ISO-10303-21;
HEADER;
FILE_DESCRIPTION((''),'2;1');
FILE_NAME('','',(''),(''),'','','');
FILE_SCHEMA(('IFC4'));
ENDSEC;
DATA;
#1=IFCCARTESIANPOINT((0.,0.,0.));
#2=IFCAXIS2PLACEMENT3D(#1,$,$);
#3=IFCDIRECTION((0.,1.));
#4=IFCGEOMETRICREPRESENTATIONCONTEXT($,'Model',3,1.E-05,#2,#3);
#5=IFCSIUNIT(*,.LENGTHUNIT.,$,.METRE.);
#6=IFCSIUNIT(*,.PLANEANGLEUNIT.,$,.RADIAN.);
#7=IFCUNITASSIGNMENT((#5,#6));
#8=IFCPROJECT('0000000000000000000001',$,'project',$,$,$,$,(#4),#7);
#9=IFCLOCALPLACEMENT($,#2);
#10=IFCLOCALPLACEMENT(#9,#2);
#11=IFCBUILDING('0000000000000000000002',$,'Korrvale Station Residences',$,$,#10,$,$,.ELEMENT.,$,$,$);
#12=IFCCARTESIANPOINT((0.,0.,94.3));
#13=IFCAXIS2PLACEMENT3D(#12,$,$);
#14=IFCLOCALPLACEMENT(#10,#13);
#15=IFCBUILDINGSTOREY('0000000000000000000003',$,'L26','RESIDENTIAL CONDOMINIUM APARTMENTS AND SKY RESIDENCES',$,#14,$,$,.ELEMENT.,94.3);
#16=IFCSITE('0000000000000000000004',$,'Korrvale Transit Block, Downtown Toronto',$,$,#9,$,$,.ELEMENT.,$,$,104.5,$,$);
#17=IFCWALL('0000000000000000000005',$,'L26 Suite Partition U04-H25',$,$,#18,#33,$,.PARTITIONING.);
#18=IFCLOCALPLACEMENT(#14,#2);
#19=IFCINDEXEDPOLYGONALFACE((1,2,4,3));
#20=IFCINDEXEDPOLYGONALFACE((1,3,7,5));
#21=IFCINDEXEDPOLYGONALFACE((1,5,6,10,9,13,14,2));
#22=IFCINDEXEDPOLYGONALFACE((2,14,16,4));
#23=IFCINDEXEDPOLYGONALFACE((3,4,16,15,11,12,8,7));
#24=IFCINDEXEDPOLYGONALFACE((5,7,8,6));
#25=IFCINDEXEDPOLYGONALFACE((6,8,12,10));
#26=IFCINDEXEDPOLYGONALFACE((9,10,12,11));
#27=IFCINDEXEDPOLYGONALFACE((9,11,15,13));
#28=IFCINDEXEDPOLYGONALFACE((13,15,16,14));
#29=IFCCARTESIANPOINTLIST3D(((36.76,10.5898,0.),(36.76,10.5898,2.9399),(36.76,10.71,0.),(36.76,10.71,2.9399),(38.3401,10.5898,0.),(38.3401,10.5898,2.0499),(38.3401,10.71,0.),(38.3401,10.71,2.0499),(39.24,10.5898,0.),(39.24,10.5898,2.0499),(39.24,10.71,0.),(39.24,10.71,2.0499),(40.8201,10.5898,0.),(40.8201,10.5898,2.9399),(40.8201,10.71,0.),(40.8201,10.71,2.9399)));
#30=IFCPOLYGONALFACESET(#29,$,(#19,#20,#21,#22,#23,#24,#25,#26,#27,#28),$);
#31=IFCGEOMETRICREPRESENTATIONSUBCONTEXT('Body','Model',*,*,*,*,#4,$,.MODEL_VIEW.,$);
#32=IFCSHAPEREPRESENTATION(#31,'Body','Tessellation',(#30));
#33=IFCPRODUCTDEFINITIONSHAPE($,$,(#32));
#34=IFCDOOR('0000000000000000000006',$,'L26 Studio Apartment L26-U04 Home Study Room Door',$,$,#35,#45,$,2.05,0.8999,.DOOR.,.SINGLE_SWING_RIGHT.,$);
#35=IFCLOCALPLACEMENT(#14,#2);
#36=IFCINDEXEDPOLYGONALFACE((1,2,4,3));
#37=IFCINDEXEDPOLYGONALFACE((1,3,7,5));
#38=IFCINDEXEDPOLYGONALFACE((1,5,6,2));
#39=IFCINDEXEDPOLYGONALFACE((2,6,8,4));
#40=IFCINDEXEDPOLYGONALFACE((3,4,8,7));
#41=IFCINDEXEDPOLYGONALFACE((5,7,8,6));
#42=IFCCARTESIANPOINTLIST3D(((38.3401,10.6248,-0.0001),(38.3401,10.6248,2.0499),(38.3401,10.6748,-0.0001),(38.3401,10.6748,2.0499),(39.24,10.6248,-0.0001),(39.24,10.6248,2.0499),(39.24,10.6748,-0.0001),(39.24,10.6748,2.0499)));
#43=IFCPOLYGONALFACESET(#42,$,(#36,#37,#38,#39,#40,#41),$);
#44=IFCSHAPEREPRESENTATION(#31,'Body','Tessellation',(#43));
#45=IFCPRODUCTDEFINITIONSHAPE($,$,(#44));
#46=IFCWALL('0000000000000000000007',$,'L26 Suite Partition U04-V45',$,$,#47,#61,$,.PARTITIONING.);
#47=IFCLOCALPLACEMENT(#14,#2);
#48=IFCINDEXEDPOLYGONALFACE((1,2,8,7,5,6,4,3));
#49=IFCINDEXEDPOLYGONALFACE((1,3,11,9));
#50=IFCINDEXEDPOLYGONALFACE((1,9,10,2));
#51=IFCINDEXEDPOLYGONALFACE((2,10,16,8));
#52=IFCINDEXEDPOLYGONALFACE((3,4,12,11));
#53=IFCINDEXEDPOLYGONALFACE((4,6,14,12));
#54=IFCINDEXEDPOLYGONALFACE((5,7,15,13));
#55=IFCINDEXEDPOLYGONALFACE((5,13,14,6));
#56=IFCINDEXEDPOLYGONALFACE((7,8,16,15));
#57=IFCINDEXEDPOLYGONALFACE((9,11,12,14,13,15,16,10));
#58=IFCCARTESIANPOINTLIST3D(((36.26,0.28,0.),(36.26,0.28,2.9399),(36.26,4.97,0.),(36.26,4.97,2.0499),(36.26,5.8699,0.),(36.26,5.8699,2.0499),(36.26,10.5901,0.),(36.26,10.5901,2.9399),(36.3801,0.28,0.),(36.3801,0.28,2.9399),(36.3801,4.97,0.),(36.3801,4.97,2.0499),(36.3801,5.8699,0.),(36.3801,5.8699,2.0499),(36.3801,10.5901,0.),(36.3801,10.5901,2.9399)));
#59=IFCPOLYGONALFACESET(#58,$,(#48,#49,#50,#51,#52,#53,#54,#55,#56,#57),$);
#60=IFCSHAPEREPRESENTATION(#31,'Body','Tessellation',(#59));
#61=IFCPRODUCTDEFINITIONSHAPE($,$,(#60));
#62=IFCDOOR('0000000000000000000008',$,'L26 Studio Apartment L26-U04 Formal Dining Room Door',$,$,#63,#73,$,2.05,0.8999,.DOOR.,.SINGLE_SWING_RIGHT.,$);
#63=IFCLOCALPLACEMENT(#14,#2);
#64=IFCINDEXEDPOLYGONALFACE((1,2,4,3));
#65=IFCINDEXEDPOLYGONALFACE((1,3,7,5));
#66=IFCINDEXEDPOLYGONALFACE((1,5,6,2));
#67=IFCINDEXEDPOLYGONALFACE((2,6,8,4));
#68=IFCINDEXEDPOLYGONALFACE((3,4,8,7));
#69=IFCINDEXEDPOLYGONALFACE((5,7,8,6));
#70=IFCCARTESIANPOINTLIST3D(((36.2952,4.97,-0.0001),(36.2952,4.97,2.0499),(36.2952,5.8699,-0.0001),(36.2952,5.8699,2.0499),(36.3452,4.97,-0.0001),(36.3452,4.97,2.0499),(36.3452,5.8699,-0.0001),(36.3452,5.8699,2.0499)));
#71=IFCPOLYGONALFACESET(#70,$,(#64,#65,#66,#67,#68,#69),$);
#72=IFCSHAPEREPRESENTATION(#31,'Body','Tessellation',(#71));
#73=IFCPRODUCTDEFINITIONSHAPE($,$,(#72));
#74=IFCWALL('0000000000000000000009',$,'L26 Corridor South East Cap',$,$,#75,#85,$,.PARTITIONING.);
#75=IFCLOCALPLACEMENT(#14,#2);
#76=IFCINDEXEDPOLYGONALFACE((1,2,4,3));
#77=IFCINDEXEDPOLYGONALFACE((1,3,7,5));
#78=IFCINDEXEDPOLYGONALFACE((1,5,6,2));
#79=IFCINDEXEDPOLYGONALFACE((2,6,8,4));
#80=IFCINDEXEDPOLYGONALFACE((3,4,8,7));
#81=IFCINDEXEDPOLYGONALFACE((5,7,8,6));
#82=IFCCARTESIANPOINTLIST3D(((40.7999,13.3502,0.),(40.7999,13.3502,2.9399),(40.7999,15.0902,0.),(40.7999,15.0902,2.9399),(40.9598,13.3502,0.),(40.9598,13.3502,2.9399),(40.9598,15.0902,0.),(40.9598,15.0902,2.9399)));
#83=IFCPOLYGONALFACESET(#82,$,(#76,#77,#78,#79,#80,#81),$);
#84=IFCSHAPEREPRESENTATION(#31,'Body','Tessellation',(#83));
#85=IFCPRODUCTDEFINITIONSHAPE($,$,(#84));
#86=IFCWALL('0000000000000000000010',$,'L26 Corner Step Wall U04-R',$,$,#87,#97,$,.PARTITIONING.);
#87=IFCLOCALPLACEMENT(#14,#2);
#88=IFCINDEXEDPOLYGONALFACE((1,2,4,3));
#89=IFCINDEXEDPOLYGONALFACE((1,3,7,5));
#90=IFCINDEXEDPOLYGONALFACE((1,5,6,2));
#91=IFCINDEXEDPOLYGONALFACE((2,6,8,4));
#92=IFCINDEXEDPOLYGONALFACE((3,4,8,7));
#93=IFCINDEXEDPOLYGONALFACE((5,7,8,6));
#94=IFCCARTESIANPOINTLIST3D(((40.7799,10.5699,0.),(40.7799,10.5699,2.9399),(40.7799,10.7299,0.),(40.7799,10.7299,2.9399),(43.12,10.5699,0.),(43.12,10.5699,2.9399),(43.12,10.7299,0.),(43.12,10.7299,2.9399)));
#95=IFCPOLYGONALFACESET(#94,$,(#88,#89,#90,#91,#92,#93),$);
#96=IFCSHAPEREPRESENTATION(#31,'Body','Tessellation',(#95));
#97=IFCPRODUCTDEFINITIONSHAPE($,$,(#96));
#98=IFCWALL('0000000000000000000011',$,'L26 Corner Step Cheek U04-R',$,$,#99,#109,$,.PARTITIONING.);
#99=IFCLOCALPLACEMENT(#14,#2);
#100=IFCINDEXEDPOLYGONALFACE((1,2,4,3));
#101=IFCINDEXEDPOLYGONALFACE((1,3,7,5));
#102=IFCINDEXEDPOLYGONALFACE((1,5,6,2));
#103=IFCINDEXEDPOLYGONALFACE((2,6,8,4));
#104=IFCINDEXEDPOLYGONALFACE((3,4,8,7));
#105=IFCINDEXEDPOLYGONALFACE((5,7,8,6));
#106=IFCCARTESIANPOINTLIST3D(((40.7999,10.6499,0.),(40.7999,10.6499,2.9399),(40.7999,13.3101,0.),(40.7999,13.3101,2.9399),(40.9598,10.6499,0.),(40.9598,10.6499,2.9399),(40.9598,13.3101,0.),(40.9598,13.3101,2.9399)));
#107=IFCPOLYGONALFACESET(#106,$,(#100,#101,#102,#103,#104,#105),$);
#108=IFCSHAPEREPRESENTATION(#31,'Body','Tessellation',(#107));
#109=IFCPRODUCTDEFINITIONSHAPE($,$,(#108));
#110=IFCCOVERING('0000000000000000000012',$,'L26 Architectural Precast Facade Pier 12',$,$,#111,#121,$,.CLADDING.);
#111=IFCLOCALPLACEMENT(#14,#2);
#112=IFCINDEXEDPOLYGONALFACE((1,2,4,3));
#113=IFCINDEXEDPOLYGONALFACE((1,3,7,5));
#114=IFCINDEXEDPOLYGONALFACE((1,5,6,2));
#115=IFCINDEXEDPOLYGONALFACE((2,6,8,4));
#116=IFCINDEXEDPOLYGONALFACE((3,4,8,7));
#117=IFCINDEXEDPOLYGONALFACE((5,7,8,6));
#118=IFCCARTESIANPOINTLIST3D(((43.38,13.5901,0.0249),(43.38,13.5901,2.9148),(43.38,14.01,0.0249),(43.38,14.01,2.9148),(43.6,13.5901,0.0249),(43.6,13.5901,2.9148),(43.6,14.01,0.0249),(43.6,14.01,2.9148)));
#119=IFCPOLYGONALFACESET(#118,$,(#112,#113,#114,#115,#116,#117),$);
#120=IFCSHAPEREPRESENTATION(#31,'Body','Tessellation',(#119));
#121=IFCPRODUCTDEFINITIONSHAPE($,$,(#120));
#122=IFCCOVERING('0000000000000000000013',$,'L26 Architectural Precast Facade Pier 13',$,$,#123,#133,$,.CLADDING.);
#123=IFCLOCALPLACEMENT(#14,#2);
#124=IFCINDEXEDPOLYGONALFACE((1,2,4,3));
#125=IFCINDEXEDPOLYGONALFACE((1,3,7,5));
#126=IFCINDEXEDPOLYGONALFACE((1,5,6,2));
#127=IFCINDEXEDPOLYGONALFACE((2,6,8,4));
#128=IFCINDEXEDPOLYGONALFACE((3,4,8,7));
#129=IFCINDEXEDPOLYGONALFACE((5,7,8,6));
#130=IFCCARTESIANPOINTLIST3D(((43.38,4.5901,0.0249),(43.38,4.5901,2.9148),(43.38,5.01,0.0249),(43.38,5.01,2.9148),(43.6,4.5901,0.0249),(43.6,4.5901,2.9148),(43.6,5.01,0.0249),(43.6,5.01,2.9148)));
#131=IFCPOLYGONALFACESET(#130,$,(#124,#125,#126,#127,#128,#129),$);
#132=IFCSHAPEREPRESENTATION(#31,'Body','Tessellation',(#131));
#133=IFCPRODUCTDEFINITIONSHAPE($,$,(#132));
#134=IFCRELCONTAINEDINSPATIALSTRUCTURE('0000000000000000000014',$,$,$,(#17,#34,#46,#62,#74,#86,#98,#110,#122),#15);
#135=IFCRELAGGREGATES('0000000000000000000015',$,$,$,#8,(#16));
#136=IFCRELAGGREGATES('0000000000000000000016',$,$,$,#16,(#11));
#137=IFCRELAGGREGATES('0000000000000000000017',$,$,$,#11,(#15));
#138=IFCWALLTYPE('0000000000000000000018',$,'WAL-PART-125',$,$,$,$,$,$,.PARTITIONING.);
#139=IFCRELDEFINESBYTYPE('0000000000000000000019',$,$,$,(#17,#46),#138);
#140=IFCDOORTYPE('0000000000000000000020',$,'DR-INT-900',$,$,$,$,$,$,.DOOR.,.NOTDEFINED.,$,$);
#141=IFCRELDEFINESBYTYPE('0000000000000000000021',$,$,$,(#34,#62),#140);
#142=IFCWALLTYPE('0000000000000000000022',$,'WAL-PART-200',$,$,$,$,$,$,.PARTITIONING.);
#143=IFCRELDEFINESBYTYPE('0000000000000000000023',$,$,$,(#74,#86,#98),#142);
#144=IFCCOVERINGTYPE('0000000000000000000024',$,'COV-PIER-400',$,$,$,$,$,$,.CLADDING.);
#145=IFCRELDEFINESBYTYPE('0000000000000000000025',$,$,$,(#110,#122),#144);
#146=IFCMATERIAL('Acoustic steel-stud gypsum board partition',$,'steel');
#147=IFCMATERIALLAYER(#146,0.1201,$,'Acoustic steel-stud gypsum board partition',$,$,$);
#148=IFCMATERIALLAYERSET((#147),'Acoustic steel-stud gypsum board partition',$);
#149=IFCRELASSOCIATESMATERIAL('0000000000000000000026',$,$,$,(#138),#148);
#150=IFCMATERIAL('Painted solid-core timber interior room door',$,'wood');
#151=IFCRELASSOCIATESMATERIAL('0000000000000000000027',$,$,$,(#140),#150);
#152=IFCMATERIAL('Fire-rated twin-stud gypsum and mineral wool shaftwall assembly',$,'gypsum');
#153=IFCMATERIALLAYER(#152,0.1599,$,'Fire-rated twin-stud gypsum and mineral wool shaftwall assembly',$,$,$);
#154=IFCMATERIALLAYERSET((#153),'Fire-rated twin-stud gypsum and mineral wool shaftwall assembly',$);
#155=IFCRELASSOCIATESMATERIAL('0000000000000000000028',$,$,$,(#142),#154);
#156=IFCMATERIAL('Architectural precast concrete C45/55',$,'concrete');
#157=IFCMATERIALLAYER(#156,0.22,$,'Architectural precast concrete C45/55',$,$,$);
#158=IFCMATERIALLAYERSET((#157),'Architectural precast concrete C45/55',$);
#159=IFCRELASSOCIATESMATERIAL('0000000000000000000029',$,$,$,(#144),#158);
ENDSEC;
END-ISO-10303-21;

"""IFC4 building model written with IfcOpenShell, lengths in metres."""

from ifc_helpers import new_model, si_unit, direction, frame, frame_2d, origin, origin_2d, place, context, subcontext, project, spatial, rectangle, extrude, material, layer, layer_set, type_object, element, fill, save


model = new_model("IFC4")

# Units and contexts
model_context = context("Model", 3, precision=1e-05, world=origin(), true_north=direction((0.0, 1.0)))
body_context = subcontext(model_context, "Body", "Model", "MODEL_VIEW")
ifc_project = project(units=[si_unit("LENGTHUNIT", "METRE"), si_unit("PLANEANGLEUNIT", "RADIAN")], contexts=[model_context])

# Site, building, storey
site_placement = place(None, origin())
site = spatial("IfcSite", under=ifc_project, at=site_placement, Name="Korrvale Transit Block, Downtown Toronto", CompositionType="ELEMENT", RefElevation=104.5)
building_placement = place(site_placement, origin())
building = spatial("IfcBuilding", under=site, at=building_placement, Name="Korrvale Station Residences", CompositionType="ELEMENT")
storey_placement = place(building_placement, frame((0.0, 0.0, 94.3)))
storey = spatial("IfcBuildingStorey", under=building, at=storey_placement, Name="L26", Description="RESIDENTIAL CONDOMINIUM APARTMENTS AND SKY RESIDENCES", CompositionType="ELEMENT", Elevation=94.3)

# Walls, openings, doors
ifc_material_1 = material(Name="Acoustic steel-stud gypsum board partition", Category="steel")
ifc_layer_1 = layer(ifc_material_1, 0.1201, Name="Acoustic steel-stud gypsum board partition")
ifc_layer_set_1 = layer_set([ifc_layer_1], Name="Acoustic steel-stud gypsum board partition")
wall_type_1 = type_object("IfcWallType", Name="WAL-PART-125", PredefinedType="PARTITIONING", material=ifc_layer_set_1)
ifc_material_2 = material(Name="Painted solid-core timber interior room door", Category="wood")
door_type = type_object("IfcDoorType", Name="DR-INT-900", OperationType="NOTDEFINED", PredefinedType="DOOR", material=ifc_material_2)
wall_1_placement = place(storey_placement, frame((36.76, 10.6499, 0.0), z_axis=(0.0, 0.0, 1.0), x_axis=(1.0, 0.0, 0.0)))
wall_1 = element("IfcWall", 1, at=wall_1_placement, inside=storey, type_object=wall_type_1, Name="L26 Suite Partition U04-H25", PredefinedType="PARTITIONING", context=body_context, shape_type="SweptSolid", body=[
    extrude(rectangle(XDim=4.0601, YDim=0.1201, at=frame_2d((2.03, 0.0))), origin(), (0.0, 0.0, 1.0), 2.9399),
])
opening_1_placement = place(wall_1_placement, frame((1.5801, 0.0, 0.0)))
opening_1 = element("IfcOpeningElement", 2, at=opening_1_placement, cuts=wall_1, PredefinedType="OPENING", context=body_context, shape_type="SweptSolid", body=[
    extrude(rectangle(XDim=0.8999, YDim=2.05, at=frame_2d((0.45, 1.0249))), frame((0.0, 0.0701, 0.0), z_axis=(0.0, -1.0, 0.0), x_axis=(1.0, 0.0, 0.0)), (0.0, 0.0, 1.0), 0.1401),
])
door_1_placement = place(opening_1_placement, origin())
door_1 = element("IfcDoor", 3, at=door_1_placement, inside=storey, type_object=door_type, Name="L26 Studio Apartment L26-U04 Home Study Room Door", OperationType="SINGLE_SWING_RIGHT", OverallHeight=2.05, OverallWidth=0.8999, PredefinedType="DOOR", context=body_context, shape_type="SweptSolid", body=[
    extrude(rectangle(XDim=0.8999, YDim=2.05, at=frame_2d((0.45, 1.0249))), frame((0.0, 0.0249, 0.0), z_axis=(0.0, -1.0, 0.0), x_axis=(1.0, 0.0, 0.0)), (0.0, 0.0, 1.0), 0.05),
])
fill(opening_1, door_1)
wall_2_placement = place(storey_placement, frame((36.3201, 0.28, 0.0), z_axis=(0.0, 0.0, 1.0), x_axis=(0.0, 1.0, 0.0)))
wall_2 = element("IfcWall", 4, at=wall_2_placement, inside=storey, type_object=wall_type_1, Name="L26 Suite Partition U04-V45", PredefinedType="PARTITIONING", context=body_context, shape_type="SweptSolid", body=[
    extrude(rectangle(XDim=10.3101, YDim=0.1201, at=frame_2d((5.155, 0.0))), origin(), (0.0, 0.0, 1.0), 2.9399),
])
opening_2_placement = place(wall_2_placement, frame((4.6899, 0.0, 0.0)))
opening_2 = element("IfcOpeningElement", 5, at=opening_2_placement, cuts=wall_2, PredefinedType="OPENING", context=body_context, shape_type="SweptSolid", body=[
    extrude(rectangle(XDim=0.8999, YDim=2.05, at=frame_2d((0.45, 1.0249))), frame((0.0, 0.0701, 0.0), z_axis=(0.0, -1.0, 0.0), x_axis=(1.0, 0.0, 0.0)), (0.0, 0.0, 1.0), 0.1401),
])
door_2_placement = place(opening_2_placement, origin())
door_2 = element("IfcDoor", 6, at=door_2_placement, inside=storey, type_object=door_type, Name="L26 Studio Apartment L26-U04 Formal Dining Room Door", OperationType="SINGLE_SWING_RIGHT", OverallHeight=2.05, OverallWidth=0.8999, PredefinedType="DOOR", context=body_context, shape_type="SweptSolid", body=[
    extrude(rectangle(XDim=0.8999, YDim=2.05, at=frame_2d((0.45, 1.0249))), frame((0.0, 0.0249, 0.0), z_axis=(0.0, -1.0, 0.0), x_axis=(1.0, 0.0, 0.0)), (0.0, 0.0, 1.0), 0.05),
])
fill(opening_2, door_2)

# Walls
ifc_material_3 = material(Name="Fire-rated twin-stud gypsum and mineral wool shaftwall assembly", Category="gypsum")
ifc_layer_2 = layer(ifc_material_3, 0.1599, Name="Fire-rated twin-stud gypsum and mineral wool shaftwall assembly")
ifc_layer_set_2 = layer_set([ifc_layer_2], Name="Fire-rated twin-stud gypsum and mineral wool shaftwall assembly")
wall_type_2 = type_object("IfcWallType", Name="WAL-PART-200", PredefinedType="PARTITIONING", material=ifc_layer_set_2)
wall_3_placement = place(storey_placement, frame((40.8799, 13.3501, 0.0), z_axis=(0.0, 0.0, 1.0), x_axis=(0.0, 1.0, 0.0)))
element("IfcWall", 7, at=wall_3_placement, inside=storey, type_object=wall_type_2, Name="L26 Corridor South East Cap", PredefinedType="PARTITIONING", context=body_context, shape_type="SweptSolid", body=[
    extrude(rectangle(XDim=1.74, YDim=0.1599, at=frame_2d((0.8701, 0.0))), origin(), (0.0, 0.0, 1.0), 2.9399),
])
wall_4_placement = place(storey_placement, frame((40.78, 10.6499, 0.0), z_axis=(0.0, 0.0, 1.0), x_axis=(1.0, 0.0, 0.0)))
element("IfcWall", 8, at=wall_4_placement, inside=storey, type_object=wall_type_2, Name="L26 Corner Step Wall U04-R", PredefinedType="PARTITIONING", context=body_context, shape_type="SweptSolid", body=[
    extrude(rectangle(XDim=2.3401, YDim=0.1599, at=frame_2d((1.1699, 0.0))), origin(), (0.0, 0.0, 1.0), 2.9399),
])
wall_5_placement = place(storey_placement, frame((40.8799, 10.6499, 0.0), z_axis=(0.0, 0.0, 1.0), x_axis=(0.0, 1.0, 0.0)))
element("IfcWall", 9, at=wall_5_placement, inside=storey, type_object=wall_type_2, Name="L26 Corner Step Cheek U04-R", PredefinedType="PARTITIONING", context=body_context, shape_type="SweptSolid", body=[
    extrude(rectangle(XDim=2.6602, YDim=0.1599, at=frame_2d((1.3301, 0.0))), origin(), (0.0, 0.0, 1.0), 2.9399),
])

# Coverings
ifc_material_4 = material(Name="Architectural precast concrete C45/55", Category="concrete")
ifc_layer_3 = layer(ifc_material_4, 0.22, Name="Architectural precast concrete C45/55")
ifc_layer_set_3 = layer_set([ifc_layer_3], Name="Architectural precast concrete C45/55")
covering_type = type_object("IfcCoveringType", Name="COV-PIER-400", PredefinedType="CLADDING", material=ifc_layer_set_3)
for number, where, z_axis, x_axis, name in (
    (10, (43.49, 13.8, 0.0249), (0.0, 0.0, 1.0), (0.0, 1.0, 0.0), "L26 Architectural Precast Facade Pier 12"),
    (11, (43.49, 4.8, 0.0249), (0.0, 0.0, 1.0), (0.0, 1.0, 0.0), "L26 Architectural Precast Facade Pier 13"),
):
    element("IfcCovering", number, at=place(storey_placement, frame(where, z_axis=z_axis, x_axis=x_axis)), inside=storey, type_object=covering_type, Name=name, PredefinedType="CLADDING", context=body_context, shape_type="SweptSolid", body=[
        extrude(rectangle(XDim=0.4199, YDim=0.22, at=origin_2d()), origin(), (0.0, 0.0, 1.0), 2.8899),
    ])

save(model, "model.ifc")
